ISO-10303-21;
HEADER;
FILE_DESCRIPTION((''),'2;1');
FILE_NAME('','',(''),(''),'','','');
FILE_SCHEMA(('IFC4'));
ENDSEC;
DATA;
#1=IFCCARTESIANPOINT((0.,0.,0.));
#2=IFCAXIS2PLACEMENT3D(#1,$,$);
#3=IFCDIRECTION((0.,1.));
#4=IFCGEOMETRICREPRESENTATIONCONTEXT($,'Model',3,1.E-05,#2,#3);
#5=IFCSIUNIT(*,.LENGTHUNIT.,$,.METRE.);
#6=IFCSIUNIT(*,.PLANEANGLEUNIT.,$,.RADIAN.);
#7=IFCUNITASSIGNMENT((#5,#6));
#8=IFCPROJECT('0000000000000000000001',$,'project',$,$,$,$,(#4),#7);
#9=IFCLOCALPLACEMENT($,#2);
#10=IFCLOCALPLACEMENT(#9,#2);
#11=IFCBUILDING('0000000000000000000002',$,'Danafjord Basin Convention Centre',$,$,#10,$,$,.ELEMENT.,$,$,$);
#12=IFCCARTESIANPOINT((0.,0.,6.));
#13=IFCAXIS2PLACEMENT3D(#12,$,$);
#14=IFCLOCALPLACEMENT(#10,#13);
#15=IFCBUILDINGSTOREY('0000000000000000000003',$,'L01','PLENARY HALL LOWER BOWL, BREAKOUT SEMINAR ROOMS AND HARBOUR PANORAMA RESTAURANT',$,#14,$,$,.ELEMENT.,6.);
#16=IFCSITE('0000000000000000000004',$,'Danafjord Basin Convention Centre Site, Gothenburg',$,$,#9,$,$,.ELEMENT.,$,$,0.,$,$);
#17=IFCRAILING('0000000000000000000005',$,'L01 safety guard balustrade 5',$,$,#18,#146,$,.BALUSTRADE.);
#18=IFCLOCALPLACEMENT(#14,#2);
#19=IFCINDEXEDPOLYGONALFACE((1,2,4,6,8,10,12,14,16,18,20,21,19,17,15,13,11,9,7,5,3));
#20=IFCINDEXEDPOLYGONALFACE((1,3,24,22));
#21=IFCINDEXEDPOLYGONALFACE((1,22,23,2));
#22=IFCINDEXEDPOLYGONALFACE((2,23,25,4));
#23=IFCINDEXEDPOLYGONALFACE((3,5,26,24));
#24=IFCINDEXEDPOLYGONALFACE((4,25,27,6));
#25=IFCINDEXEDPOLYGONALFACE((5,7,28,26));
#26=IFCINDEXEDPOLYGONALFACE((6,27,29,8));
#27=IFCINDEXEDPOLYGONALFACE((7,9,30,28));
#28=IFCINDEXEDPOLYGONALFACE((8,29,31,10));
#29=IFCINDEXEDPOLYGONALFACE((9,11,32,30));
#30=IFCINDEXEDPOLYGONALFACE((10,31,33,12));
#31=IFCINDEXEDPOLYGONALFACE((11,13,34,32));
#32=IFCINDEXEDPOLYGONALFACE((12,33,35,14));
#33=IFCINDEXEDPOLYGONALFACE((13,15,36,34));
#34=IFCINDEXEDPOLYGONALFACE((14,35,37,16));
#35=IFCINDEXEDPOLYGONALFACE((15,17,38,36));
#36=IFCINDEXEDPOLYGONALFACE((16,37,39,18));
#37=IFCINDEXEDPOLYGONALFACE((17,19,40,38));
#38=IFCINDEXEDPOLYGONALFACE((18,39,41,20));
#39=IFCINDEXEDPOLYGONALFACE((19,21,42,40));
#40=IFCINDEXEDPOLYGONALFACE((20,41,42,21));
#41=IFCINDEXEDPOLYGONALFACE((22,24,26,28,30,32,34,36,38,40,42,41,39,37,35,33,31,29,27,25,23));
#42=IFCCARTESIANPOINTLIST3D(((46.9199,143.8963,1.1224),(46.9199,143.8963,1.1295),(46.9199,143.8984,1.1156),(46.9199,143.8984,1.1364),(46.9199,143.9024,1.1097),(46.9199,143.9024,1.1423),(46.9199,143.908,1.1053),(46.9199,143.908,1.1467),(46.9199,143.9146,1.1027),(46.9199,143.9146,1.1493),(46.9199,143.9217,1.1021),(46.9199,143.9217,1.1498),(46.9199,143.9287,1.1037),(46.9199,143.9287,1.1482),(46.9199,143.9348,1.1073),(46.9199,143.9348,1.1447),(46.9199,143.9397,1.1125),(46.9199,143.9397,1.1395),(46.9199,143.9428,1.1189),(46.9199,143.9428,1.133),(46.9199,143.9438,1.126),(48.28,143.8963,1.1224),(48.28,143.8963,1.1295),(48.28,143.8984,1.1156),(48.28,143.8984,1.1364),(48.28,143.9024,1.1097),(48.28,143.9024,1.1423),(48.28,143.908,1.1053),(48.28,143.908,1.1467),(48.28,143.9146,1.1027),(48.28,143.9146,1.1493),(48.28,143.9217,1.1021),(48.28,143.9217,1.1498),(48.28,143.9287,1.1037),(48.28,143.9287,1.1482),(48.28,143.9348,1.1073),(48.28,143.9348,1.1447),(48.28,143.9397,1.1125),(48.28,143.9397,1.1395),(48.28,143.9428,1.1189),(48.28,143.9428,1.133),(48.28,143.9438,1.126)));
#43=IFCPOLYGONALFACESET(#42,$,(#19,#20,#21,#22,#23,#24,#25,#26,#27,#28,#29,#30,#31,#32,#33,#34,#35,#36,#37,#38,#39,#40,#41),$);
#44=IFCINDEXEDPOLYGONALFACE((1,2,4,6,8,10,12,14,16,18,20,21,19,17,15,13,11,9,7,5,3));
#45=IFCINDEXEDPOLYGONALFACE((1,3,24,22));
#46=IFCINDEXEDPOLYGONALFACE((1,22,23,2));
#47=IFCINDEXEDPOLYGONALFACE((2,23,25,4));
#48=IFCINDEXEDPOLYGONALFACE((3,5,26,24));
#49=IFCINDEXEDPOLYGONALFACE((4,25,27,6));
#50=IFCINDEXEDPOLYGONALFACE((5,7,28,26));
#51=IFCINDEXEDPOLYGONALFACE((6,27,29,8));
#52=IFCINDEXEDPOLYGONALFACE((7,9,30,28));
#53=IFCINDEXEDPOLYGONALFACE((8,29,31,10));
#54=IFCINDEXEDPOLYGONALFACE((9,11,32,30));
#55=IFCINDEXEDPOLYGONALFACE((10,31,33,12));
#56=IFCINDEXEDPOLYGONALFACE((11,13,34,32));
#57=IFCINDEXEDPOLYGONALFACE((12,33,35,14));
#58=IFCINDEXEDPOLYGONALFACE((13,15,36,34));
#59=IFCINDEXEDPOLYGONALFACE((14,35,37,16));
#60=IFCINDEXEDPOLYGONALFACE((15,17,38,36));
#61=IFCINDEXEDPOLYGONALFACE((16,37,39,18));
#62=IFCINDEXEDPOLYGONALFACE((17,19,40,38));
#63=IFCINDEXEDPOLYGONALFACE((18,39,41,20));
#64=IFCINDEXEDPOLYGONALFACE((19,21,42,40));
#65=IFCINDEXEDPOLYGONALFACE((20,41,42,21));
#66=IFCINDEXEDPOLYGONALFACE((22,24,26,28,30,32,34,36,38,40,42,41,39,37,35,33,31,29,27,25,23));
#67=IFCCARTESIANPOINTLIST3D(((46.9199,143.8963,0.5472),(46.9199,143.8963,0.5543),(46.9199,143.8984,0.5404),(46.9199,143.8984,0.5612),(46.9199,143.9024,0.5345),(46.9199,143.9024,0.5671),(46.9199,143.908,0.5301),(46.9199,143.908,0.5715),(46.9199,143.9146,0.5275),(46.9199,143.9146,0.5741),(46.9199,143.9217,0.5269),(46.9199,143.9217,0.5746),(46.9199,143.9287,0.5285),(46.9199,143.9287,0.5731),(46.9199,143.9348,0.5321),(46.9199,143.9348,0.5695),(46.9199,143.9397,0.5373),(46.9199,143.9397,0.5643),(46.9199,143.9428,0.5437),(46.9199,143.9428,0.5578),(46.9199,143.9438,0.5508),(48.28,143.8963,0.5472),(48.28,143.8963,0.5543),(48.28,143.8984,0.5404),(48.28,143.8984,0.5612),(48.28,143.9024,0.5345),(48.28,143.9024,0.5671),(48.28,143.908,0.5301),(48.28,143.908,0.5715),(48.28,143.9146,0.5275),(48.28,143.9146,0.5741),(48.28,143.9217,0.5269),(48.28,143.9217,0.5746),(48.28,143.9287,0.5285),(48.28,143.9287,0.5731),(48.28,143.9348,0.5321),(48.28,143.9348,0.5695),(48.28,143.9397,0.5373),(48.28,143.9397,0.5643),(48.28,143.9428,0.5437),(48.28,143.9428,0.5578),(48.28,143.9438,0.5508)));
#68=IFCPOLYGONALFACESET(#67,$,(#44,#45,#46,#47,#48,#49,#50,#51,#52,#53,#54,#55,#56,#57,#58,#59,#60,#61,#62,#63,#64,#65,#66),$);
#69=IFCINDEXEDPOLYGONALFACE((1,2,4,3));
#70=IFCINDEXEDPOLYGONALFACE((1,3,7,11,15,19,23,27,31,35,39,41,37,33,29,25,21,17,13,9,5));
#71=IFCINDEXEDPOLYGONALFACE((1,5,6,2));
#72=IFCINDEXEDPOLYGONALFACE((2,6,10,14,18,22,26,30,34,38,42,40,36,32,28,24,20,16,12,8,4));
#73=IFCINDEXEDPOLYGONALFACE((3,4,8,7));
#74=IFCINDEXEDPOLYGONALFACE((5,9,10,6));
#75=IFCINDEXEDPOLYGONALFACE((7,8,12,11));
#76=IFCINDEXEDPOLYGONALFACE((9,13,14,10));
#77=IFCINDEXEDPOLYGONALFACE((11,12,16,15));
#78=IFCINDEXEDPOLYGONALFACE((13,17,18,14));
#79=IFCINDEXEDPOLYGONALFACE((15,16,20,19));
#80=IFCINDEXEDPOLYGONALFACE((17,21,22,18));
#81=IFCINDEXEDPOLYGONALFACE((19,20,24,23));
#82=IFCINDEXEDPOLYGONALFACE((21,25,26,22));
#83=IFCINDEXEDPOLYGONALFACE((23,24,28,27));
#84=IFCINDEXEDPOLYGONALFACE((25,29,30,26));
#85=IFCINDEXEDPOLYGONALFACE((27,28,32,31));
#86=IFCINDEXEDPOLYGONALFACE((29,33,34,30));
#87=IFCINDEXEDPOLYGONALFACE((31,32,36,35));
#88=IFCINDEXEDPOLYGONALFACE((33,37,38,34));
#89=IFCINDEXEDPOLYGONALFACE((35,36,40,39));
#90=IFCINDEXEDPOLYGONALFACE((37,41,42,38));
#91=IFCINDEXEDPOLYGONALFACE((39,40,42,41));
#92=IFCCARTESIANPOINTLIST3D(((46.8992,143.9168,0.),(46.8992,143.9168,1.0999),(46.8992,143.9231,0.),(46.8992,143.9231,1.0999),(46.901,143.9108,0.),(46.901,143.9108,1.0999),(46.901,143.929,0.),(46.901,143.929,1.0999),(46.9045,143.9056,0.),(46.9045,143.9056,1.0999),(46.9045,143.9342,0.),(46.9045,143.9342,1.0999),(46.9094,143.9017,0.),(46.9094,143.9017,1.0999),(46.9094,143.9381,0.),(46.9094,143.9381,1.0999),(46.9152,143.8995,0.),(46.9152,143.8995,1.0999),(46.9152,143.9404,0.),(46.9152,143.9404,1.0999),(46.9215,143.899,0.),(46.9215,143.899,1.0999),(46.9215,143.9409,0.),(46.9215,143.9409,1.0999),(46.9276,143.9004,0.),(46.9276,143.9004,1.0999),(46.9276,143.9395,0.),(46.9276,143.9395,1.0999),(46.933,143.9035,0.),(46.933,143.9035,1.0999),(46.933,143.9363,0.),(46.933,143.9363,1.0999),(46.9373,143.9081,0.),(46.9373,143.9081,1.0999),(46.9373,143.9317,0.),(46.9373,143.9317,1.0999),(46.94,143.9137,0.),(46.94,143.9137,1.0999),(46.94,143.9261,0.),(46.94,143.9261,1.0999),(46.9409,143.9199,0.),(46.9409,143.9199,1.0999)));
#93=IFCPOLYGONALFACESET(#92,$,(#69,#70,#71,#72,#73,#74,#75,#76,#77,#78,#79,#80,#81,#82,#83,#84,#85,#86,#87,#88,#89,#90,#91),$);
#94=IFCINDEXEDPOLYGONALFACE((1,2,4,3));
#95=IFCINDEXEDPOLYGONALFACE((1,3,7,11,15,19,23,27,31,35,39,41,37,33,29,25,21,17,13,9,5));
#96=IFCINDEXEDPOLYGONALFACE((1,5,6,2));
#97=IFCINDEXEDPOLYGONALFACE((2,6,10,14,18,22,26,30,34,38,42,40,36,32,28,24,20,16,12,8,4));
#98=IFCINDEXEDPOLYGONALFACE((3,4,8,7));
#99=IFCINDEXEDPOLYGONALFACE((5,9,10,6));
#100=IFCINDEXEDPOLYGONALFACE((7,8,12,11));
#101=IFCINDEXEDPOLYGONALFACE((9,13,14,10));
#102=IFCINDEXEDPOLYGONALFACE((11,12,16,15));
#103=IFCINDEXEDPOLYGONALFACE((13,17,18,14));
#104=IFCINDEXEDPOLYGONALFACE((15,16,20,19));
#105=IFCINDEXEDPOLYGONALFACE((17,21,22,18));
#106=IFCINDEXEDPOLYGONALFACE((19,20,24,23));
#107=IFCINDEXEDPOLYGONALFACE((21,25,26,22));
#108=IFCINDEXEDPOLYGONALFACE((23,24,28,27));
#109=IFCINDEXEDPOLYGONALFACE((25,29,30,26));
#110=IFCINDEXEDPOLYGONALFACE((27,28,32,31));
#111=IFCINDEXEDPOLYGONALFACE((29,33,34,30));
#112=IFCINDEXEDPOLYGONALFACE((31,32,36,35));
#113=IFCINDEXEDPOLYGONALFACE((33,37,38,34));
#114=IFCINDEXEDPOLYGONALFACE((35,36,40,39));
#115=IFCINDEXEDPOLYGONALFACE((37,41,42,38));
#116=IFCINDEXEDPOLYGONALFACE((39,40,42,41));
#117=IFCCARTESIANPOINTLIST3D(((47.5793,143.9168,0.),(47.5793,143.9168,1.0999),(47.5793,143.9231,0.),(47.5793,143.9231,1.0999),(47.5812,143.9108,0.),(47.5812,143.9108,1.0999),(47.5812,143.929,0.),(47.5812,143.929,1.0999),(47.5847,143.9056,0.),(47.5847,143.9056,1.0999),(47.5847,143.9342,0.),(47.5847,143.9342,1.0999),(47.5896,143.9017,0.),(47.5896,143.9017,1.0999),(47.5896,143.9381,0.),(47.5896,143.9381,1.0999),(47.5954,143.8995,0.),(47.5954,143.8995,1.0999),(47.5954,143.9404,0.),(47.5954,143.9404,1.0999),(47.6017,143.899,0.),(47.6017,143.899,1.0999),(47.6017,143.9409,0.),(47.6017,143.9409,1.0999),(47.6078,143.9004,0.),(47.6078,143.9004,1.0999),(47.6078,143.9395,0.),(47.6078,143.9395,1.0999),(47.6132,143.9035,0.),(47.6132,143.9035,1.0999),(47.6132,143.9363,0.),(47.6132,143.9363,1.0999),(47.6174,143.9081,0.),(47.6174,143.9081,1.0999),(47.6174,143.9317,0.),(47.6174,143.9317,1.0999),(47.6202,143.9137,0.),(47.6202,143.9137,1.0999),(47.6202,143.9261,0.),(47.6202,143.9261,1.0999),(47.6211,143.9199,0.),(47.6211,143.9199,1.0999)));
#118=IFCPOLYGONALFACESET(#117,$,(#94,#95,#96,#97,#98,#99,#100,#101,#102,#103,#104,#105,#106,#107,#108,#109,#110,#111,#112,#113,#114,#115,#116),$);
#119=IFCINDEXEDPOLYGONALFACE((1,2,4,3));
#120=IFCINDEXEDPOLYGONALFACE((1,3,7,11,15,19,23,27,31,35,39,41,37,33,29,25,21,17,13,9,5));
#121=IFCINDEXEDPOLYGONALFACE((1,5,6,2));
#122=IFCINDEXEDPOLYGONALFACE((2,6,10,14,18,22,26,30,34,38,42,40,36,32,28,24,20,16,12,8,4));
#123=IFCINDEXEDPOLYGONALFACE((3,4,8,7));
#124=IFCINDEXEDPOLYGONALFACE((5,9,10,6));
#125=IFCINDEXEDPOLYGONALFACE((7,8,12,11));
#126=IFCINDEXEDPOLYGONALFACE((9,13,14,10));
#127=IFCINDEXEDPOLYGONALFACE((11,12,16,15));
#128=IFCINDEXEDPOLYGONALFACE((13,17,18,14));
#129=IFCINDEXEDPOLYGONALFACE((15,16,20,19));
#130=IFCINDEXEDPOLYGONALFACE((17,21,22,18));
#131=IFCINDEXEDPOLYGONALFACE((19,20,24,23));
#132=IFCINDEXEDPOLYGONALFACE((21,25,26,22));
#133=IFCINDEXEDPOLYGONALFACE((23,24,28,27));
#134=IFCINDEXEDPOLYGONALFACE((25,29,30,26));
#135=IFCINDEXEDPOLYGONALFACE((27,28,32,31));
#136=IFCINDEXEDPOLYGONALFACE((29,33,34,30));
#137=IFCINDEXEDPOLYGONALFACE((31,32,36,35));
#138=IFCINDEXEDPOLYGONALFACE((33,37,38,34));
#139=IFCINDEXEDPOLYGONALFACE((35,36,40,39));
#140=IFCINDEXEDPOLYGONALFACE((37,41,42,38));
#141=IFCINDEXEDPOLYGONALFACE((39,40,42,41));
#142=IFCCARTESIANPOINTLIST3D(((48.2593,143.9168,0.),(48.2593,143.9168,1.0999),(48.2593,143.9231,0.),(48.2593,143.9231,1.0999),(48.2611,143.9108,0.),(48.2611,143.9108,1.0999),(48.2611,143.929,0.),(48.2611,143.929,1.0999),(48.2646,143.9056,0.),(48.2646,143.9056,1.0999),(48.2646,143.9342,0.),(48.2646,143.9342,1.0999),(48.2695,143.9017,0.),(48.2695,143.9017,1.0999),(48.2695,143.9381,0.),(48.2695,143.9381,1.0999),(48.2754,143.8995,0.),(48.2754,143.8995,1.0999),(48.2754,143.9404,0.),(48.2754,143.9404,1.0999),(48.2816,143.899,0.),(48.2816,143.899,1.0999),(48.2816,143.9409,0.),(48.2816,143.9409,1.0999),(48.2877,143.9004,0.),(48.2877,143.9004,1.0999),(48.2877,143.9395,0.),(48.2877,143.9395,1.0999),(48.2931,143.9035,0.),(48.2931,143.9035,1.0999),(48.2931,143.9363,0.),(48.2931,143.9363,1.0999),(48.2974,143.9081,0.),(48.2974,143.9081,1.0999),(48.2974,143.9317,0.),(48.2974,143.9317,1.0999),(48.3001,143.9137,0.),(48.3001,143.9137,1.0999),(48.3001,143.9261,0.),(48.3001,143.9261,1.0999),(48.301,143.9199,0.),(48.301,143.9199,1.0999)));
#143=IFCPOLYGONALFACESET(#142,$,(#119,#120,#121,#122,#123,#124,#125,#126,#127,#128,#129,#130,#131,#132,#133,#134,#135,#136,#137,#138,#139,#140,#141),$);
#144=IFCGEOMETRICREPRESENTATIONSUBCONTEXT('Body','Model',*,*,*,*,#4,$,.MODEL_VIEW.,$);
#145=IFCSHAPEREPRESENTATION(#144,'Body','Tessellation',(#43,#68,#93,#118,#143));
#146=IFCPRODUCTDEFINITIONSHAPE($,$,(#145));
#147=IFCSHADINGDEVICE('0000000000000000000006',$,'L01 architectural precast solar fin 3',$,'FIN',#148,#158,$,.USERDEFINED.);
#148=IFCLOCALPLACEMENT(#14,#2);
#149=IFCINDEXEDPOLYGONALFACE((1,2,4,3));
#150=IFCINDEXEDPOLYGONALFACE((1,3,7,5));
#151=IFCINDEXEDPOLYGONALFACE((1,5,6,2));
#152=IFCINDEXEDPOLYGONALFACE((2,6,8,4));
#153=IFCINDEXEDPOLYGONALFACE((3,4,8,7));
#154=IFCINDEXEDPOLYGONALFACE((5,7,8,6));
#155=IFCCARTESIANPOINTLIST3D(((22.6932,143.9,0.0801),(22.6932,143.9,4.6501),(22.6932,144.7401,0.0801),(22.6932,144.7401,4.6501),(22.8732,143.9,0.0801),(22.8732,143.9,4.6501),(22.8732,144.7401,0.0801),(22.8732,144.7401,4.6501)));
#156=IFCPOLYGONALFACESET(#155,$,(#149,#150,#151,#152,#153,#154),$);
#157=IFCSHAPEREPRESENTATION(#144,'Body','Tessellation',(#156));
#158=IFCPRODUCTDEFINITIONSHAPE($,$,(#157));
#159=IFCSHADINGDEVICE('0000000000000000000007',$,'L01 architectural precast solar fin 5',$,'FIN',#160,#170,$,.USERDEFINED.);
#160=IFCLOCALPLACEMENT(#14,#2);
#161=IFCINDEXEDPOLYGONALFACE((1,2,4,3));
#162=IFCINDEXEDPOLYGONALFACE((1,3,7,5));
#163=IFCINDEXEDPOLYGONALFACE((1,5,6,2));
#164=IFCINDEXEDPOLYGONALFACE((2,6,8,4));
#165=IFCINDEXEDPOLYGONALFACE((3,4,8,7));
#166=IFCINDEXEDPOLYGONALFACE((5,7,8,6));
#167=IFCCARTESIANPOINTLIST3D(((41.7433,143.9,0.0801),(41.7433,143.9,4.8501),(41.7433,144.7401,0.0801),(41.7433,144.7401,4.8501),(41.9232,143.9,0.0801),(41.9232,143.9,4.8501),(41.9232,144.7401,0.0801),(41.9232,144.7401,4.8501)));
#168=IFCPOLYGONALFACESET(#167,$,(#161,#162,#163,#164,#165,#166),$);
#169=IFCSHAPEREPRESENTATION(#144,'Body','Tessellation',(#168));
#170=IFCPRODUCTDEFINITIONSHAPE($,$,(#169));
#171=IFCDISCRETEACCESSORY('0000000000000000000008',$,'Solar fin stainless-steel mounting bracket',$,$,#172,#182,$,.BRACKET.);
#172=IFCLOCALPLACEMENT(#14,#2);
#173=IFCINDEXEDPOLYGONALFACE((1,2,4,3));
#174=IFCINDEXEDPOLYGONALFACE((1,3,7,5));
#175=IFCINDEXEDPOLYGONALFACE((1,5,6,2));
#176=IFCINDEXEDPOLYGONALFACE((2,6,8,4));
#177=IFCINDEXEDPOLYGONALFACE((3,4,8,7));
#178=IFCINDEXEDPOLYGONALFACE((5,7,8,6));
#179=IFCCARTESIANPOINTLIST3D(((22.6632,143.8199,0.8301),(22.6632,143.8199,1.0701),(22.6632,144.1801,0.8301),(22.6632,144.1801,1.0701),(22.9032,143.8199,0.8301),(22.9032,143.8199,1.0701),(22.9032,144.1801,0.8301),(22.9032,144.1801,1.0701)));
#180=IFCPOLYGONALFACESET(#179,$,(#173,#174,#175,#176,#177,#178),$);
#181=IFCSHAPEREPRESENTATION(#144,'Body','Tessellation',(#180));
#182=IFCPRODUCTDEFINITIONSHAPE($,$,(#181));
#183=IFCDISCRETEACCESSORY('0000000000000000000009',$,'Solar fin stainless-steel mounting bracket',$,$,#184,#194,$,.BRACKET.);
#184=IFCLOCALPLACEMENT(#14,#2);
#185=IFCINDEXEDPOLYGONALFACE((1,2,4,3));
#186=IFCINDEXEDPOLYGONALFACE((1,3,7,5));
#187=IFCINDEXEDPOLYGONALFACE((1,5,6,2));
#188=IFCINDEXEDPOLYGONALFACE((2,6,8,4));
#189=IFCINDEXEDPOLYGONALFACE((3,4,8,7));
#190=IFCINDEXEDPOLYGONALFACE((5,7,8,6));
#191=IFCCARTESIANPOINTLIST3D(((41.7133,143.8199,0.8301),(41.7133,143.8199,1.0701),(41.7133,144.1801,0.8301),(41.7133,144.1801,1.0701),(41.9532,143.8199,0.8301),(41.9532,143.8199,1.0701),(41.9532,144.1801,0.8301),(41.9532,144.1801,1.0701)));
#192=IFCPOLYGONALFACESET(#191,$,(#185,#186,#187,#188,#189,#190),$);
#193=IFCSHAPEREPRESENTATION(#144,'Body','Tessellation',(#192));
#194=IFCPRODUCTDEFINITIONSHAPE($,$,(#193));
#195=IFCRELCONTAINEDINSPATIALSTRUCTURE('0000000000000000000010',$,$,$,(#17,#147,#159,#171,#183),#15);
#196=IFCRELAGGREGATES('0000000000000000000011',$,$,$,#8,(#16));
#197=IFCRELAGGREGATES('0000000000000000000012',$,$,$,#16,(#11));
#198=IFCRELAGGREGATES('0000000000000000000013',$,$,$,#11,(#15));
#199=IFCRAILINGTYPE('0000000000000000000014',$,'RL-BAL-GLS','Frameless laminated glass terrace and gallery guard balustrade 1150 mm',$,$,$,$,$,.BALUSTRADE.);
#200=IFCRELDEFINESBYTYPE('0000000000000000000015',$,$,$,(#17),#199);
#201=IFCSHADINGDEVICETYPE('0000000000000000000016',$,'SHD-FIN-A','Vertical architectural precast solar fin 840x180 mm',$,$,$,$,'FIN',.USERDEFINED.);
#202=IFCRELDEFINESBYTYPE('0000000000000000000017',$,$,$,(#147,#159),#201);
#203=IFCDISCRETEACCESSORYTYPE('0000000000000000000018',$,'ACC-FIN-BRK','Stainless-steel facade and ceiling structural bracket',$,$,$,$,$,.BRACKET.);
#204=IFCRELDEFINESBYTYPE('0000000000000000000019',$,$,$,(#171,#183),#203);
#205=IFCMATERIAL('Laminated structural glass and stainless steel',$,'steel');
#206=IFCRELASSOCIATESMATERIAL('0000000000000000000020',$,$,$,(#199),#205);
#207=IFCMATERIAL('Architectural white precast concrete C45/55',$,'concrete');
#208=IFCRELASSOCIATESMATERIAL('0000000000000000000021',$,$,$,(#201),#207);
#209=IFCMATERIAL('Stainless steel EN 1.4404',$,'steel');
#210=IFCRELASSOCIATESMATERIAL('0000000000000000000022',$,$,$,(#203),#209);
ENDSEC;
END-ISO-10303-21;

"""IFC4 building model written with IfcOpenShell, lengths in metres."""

from ifc_helpers import new_model, si_unit, direction, frame, origin, origin_2d, place, context, subcontext, project, spatial, rectangle, circle, extrude, material, type_object, element, save


model = new_model("IFC4")

# Units and contexts
model_context = context("Model", 3, precision=1e-05, world=origin(), true_north=direction((0.0, 1.0)))
body_context = subcontext(model_context, "Body", "Model", "MODEL_VIEW")
ifc_project = project(units=[si_unit("LENGTHUNIT", "METRE"), si_unit("PLANEANGLEUNIT", "RADIAN")], contexts=[model_context])

# Site, building, storey
site_placement = place(None, origin())
site = spatial("IfcSite", under=ifc_project, at=site_placement, Name="Danafjord Basin Convention Centre Site, Gothenburg", CompositionType="ELEMENT", RefElevation=0.0)
building_placement = place(site_placement, origin())
building = spatial("IfcBuilding", under=site, at=building_placement, Name="Danafjord Basin Convention Centre", CompositionType="ELEMENT")
storey_placement = place(building_placement, frame((0.0, 0.0, 6.0)))
storey = spatial("IfcBuildingStorey", under=building, at=storey_placement, Name="L01", Description="PLENARY HALL LOWER BOWL, BREAKOUT SEMINAR ROOMS AND HARBOUR PANORAMA RESTAURANT", CompositionType="ELEMENT", Elevation=6.0)

# Railing
ifc_material_1 = material(Name="Laminated structural glass and stainless steel", Category="steel")
railing_type = type_object("IfcRailingType", Name="RL-BAL-GLS", Description="Frameless laminated glass terrace and gallery guard balustrade 1150 mm", PredefinedType="BALUSTRADE", material=ifc_material_1)
railing_1_placement = place(storey_placement, frame((46.9199, 143.9199, 0.0)))
element("IfcRailing", 1, at=railing_1_placement, inside=storey, type_object=railing_type, Name="L01 safety guard balustrade 5", PredefinedType="BALUSTRADE", context=body_context, shape_type="SweptSolid", body=[
    extrude(circle(Radius=0.0239, at=origin_2d()), frame((0.0, 0.0, 1.126), z_axis=(1.0, 0.0, 0.0), x_axis=(0.0, 1.0, 0.0)), (0.0, 0.0, 1.0), 1.3601),
    extrude(circle(Radius=0.0239, at=origin_2d()), frame((0.0, 0.0, 0.5508), z_axis=(1.0, 0.0, 0.0), x_axis=(0.0, 1.0, 0.0)), (0.0, 0.0, 1.0), 1.3601),
    extrude(circle(Radius=0.021, at=origin_2d()), origin(), (0.0, 0.0, 1.0), 1.0999),
    extrude(circle(Radius=0.021, at=origin_2d()), frame((0.6802, 0.0, 0.0)), (0.0, 0.0, 1.0), 1.0999),
    extrude(circle(Radius=0.021, at=origin_2d()), frame((1.3601, 0.0, 0.0)), (0.0, 0.0, 1.0), 1.0999),
])

# Shading devices
ifc_material_2 = material(Name="Architectural white precast concrete C45/55", Category="concrete")
shading_device_type = type_object("IfcShadingDeviceType", Name="SHD-FIN-A", Description="Vertical architectural precast solar fin 840x180 mm", ElementType="FIN", PredefinedType="USERDEFINED", material=ifc_material_2)
shading_device_1_placement = place(storey_placement, frame((22.7832, 144.3201, 0.0801), z_axis=(0.0, 0.0, 1.0), x_axis=(1.0, 0.0, 0.0)))
element("IfcShadingDevice", 2, at=shading_device_1_placement, inside=storey, type_object=shading_device_type, Name="L01 architectural precast solar fin 3", ObjectType="FIN", PredefinedType="USERDEFINED", context=body_context, shape_type="SweptSolid", body=[
    extrude(rectangle(XDim=0.1799, YDim=0.8401, at=origin_2d()), origin(), (0.0, 0.0, 1.0), 4.5701),
])
shading_device_2_placement = place(storey_placement, frame((41.8333, 144.3201, 0.0801), z_axis=(0.0, 0.0, 1.0), x_axis=(1.0, 0.0, 0.0)))
element("IfcShadingDevice", 3, at=shading_device_2_placement, inside=storey, type_object=shading_device_type, Name="L01 architectural precast solar fin 5", ObjectType="FIN", PredefinedType="USERDEFINED", context=body_context, shape_type="SweptSolid", body=[
    extrude(rectangle(XDim=0.1799, YDim=0.8401, at=origin_2d()), origin(), (0.0, 0.0, 1.0), 4.77),
])

# Discrete accessories
ifc_material_3 = material(Name="Stainless steel EN 1.4404", Category="steel")
discrete_accessory_type = type_object("IfcDiscreteAccessoryType", Name="ACC-FIN-BRK", Description="Stainless-steel facade and ceiling structural bracket", PredefinedType="BRACKET", material=ifc_material_3)
for number, where, z_axis, x_axis, name in (
    (4, (22.7832, 144.0, 0.8301), (0.0, 0.0, 1.0), (1.0, 0.0, 0.0), "Solar fin stainless-steel mounting bracket"),
    (5, (41.8333, 144.0, 0.8301), (0.0, 0.0, 1.0), (1.0, 0.0, 0.0), "Solar fin stainless-steel mounting bracket"),
):
    element("IfcDiscreteAccessory", number, at=place(storey_placement, frame(where, z_axis=z_axis, x_axis=x_axis)), inside=storey, type_object=discrete_accessory_type, Name=name, PredefinedType="BRACKET", context=body_context, shape_type="SweptSolid", body=[
        extrude(rectangle(XDim=0.24, YDim=0.3601, at=origin_2d()), origin(), (0.0, 0.0, 1.0), 0.24),
    ])

save(model, "model.ifc")
